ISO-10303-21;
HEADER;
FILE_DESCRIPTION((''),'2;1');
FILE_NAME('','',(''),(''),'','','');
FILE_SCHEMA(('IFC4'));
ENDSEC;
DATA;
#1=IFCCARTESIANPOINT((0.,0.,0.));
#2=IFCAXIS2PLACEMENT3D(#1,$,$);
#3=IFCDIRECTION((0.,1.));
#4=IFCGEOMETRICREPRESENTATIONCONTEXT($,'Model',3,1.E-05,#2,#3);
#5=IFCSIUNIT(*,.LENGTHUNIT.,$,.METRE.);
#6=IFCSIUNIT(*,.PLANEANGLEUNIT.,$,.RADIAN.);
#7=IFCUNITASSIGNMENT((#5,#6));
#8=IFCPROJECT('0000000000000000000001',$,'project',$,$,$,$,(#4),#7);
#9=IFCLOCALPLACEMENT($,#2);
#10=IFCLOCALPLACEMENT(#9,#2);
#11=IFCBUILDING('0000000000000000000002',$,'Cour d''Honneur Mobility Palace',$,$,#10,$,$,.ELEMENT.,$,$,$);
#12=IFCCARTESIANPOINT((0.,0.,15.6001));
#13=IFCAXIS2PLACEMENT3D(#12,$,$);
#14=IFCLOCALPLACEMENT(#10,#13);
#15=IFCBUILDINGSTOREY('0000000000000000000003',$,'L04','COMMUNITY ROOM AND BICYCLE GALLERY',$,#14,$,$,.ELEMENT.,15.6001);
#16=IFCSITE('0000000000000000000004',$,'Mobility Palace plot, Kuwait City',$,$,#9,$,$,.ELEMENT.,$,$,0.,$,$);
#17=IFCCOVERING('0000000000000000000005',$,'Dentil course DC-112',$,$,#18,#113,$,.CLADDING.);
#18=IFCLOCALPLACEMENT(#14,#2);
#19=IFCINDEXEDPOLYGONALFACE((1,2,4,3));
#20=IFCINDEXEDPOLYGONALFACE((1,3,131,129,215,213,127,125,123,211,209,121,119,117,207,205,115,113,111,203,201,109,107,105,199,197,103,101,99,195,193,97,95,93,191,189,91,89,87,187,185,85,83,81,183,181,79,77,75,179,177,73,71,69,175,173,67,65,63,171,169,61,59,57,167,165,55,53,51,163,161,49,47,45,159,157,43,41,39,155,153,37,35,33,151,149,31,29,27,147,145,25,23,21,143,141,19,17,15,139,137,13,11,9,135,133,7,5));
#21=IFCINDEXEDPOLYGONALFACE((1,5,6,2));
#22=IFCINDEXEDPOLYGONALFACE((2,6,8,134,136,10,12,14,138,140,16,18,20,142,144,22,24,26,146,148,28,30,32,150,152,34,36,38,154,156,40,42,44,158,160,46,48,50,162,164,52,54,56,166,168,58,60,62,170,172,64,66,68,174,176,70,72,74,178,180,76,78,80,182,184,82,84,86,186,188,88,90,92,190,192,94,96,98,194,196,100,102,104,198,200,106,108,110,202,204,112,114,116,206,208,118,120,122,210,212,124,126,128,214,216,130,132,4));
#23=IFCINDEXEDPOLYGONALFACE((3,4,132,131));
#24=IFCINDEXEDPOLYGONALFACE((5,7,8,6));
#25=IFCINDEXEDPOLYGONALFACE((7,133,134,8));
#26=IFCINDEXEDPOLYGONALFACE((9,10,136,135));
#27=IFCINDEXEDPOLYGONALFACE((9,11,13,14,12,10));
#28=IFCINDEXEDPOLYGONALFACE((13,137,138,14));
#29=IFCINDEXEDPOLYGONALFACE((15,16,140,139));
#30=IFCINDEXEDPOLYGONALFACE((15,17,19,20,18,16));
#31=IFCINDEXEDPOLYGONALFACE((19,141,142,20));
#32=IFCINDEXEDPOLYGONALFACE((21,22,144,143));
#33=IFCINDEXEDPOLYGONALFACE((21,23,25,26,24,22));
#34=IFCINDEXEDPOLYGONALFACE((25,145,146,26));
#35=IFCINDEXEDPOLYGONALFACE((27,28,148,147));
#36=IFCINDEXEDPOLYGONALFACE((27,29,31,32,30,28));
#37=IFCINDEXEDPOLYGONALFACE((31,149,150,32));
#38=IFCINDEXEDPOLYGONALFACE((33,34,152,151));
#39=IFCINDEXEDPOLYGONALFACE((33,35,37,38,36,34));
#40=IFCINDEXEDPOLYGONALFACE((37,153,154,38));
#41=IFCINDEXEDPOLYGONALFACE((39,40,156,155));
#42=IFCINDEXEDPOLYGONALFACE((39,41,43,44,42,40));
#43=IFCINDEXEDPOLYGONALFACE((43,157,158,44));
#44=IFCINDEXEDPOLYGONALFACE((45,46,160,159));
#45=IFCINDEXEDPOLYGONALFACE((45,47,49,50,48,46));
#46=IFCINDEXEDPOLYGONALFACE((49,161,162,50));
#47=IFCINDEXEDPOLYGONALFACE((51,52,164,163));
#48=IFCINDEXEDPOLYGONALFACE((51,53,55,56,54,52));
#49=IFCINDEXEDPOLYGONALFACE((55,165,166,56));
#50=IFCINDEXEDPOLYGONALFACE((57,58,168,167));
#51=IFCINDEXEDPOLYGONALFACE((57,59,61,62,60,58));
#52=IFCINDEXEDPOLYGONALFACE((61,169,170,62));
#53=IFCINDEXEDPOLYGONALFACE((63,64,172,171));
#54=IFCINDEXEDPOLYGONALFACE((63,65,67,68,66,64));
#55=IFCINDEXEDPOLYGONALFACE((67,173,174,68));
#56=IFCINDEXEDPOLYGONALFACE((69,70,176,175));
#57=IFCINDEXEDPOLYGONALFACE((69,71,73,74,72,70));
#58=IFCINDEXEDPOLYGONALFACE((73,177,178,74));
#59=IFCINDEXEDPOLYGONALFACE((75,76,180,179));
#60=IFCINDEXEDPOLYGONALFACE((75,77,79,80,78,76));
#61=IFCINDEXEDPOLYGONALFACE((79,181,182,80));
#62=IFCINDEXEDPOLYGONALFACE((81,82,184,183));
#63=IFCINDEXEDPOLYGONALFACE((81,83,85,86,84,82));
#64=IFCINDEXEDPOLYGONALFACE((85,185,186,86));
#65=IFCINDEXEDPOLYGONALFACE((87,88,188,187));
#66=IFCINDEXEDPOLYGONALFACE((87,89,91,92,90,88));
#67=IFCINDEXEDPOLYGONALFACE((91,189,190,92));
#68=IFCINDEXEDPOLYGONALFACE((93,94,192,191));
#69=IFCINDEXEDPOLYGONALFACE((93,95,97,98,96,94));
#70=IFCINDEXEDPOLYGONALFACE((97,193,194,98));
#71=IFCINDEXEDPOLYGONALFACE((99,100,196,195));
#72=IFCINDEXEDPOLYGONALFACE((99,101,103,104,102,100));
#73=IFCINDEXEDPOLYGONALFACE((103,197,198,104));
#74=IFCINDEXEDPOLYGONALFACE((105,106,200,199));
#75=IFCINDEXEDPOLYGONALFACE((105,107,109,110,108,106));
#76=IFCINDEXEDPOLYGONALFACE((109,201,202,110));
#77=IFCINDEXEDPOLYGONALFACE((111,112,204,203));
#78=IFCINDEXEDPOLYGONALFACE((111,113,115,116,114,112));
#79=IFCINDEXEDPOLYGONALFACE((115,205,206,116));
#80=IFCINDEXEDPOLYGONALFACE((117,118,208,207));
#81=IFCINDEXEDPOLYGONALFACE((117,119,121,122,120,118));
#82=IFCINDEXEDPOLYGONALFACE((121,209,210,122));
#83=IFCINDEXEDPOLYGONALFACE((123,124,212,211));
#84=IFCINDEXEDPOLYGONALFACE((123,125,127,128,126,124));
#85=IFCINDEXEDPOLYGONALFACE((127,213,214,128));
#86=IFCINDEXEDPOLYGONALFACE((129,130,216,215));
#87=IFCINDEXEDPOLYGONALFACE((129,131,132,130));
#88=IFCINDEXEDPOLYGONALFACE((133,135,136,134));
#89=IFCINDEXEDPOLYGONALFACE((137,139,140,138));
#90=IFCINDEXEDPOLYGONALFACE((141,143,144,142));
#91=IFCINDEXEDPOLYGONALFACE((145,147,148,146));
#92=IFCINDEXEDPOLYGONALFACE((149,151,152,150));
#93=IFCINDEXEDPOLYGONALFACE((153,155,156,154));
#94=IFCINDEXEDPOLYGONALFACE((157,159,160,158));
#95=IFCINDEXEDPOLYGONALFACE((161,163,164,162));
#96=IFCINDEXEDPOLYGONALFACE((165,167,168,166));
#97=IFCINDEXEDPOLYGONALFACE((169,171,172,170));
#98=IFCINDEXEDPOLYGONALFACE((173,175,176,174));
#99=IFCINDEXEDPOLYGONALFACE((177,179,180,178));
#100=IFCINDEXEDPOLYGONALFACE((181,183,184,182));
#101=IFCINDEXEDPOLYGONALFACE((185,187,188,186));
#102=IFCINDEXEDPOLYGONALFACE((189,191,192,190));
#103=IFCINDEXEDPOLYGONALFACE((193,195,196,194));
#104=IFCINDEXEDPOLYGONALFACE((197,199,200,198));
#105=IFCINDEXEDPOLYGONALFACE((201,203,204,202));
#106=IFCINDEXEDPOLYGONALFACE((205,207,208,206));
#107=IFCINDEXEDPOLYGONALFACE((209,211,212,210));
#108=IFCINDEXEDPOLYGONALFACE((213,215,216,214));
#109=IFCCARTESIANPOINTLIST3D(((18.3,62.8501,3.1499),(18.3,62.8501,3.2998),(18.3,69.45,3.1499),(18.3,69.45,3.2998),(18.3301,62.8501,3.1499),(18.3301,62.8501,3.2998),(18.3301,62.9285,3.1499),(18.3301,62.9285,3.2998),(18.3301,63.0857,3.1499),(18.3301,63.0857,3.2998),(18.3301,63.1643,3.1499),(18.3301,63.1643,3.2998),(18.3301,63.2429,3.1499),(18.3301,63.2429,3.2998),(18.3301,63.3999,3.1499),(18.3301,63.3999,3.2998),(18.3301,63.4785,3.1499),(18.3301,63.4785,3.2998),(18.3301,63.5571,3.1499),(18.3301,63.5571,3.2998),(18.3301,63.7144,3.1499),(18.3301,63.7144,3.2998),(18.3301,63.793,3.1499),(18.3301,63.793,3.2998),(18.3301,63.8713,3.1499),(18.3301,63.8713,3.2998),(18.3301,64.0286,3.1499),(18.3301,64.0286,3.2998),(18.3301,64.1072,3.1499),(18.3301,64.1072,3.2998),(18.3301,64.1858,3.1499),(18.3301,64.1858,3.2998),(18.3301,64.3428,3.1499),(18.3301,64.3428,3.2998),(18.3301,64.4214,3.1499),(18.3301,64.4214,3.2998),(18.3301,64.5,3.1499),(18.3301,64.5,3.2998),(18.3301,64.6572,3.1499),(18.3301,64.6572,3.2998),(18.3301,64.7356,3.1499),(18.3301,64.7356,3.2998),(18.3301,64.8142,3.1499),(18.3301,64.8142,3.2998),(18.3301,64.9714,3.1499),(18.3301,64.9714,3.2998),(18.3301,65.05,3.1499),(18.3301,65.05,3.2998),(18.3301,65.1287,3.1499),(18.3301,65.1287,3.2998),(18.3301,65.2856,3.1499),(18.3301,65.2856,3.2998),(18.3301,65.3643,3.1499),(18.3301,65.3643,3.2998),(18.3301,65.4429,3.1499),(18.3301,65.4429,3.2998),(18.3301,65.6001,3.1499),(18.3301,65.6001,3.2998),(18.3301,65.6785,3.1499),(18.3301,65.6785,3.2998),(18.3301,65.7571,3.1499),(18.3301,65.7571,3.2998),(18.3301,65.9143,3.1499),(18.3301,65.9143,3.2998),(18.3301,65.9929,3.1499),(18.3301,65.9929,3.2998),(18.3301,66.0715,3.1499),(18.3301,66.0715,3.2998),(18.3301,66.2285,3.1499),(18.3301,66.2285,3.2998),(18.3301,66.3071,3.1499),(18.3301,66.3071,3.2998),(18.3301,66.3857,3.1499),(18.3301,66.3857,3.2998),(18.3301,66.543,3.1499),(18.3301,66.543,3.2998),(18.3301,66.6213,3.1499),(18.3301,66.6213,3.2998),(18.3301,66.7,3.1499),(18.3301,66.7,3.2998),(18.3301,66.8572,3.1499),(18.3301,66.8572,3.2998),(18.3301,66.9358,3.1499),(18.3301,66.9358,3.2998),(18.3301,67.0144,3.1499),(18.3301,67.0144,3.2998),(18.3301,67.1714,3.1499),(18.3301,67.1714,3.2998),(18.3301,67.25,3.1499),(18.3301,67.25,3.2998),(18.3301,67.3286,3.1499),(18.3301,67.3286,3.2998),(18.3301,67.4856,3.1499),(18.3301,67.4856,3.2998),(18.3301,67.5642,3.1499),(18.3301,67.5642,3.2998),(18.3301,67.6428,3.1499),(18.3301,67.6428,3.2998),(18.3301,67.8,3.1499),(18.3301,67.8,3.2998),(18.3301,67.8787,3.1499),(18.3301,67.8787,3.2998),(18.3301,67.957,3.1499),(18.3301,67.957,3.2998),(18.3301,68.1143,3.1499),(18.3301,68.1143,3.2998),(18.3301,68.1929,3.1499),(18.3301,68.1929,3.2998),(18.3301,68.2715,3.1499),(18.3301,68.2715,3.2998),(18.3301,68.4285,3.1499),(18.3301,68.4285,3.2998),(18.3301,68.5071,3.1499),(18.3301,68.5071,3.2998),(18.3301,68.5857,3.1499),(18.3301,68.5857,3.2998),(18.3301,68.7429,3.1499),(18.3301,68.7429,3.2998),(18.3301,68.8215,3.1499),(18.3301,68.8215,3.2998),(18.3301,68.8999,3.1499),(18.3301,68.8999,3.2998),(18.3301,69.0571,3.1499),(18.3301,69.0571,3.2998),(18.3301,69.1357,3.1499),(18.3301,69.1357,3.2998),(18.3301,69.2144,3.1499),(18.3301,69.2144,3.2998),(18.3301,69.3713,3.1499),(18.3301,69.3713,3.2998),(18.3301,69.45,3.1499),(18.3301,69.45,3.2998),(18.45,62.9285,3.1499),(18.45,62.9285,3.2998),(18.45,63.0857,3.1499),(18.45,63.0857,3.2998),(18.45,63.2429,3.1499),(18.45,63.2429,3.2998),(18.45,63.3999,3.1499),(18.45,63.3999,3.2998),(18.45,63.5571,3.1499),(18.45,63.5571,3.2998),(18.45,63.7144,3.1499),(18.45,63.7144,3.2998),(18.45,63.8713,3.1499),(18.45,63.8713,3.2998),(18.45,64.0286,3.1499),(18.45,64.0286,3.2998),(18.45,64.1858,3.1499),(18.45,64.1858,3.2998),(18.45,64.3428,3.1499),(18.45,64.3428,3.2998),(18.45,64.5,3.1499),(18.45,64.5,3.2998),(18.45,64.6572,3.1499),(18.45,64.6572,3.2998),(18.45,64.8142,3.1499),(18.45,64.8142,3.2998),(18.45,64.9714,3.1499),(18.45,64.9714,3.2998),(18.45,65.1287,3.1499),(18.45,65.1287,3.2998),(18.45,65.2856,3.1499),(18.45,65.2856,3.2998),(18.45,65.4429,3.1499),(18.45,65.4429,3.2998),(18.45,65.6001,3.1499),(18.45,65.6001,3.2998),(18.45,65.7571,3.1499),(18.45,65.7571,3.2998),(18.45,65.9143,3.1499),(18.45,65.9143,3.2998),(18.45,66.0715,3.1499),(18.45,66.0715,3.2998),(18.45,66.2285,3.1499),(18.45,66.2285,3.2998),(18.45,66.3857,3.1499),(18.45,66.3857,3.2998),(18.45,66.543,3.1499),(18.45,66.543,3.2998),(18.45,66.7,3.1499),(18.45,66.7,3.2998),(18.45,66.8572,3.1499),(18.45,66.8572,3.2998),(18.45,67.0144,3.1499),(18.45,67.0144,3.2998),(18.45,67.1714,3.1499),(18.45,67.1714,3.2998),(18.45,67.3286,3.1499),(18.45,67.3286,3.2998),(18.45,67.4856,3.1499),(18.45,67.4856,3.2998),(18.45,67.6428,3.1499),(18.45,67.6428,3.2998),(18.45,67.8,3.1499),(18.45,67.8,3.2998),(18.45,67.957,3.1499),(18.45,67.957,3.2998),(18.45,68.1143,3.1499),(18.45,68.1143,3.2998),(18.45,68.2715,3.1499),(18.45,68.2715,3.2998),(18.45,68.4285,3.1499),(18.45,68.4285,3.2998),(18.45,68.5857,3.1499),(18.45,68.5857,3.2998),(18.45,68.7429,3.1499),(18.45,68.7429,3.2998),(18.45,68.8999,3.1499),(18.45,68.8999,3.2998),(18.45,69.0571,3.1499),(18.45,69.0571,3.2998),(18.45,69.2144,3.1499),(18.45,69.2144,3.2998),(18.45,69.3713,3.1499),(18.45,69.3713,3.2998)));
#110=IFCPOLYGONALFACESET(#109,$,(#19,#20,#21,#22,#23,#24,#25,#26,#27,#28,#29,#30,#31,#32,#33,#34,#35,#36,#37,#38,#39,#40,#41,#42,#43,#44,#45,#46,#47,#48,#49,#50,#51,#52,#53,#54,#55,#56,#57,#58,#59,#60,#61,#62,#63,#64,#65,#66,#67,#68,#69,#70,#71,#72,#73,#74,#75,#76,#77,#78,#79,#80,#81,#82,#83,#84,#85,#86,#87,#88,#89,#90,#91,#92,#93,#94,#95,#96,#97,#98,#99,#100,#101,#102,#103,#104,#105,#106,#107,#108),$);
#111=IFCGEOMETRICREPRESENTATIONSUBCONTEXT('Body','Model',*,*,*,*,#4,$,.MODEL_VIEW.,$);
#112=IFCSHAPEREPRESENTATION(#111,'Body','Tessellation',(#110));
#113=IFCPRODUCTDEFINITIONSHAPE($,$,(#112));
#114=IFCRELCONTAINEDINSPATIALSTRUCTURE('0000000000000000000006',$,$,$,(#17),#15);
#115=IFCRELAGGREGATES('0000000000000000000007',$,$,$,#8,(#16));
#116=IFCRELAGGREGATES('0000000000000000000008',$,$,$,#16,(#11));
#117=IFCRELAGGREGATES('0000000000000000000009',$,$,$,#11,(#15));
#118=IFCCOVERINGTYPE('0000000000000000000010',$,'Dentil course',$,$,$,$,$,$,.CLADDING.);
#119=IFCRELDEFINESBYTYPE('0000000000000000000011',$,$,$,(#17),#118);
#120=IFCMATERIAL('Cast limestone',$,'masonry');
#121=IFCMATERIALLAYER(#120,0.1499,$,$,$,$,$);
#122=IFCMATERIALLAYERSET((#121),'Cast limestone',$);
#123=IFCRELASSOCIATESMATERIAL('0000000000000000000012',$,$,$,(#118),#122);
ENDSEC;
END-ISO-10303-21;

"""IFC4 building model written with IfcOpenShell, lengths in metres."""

from ifc_helpers import new_model, si_unit, direction, frame, origin, place, context, subcontext, project, spatial, polyline, outline, extrude, material, layer, layer_set, type_object, element, save


model = new_model("IFC4")

# Units and contexts
model_context = context("Model", 3, precision=1e-05, world=origin(), true_north=direction((0.0, 1.0)))
body_context = subcontext(model_context, "Body", "Model", "MODEL_VIEW")
ifc_project = project(units=[si_unit("LENGTHUNIT", "METRE"), si_unit("PLANEANGLEUNIT", "RADIAN")], contexts=[model_context])

# Site, building, storey
site_placement = place(None, origin())
site = spatial("IfcSite", under=ifc_project, at=site_placement, Name="Mobility Palace plot, Kuwait City", CompositionType="ELEMENT", RefElevation=0.0)
building_placement = place(site_placement, origin())
building = spatial("IfcBuilding", under=site, at=building_placement, Name="Cour d'Honneur Mobility Palace", CompositionType="ELEMENT")
storey_placement = place(building_placement, frame((0.0, 0.0, 15.6001)))
storey = spatial("IfcBuildingStorey", under=building, at=storey_placement, Name="L04", Description="COMMUNITY ROOM AND BICYCLE GALLERY", CompositionType="ELEMENT", Elevation=15.6001)

# Covering
ifc_material = material(Name="Cast limestone", Category="masonry")
ifc_layer = layer(ifc_material, 0.1499)
ifc_layer_set = layer_set([ifc_layer], Name="Cast limestone")
covering_type = type_object("IfcCoveringType", Name="Dentil course", PredefinedType="CLADDING", material=ifc_layer_set)
covering_1_placement = place(storey_placement, frame((0.0, 0.0, 3.1499)))
element("IfcCovering", 1, at=covering_1_placement, inside=storey, type_object=covering_type, Name="Dentil course DC-112", PredefinedType="CLADDING", context=body_context, shape_type="SweptSolid", body=[
    extrude(outline(polyline([(18.3, 62.8501), (18.3, 69.45), (18.3301, 69.45), (18.3301, 69.45), (18.3301, 69.3713), (18.45, 69.3713), (18.45, 69.2144), (18.3301, 69.2144), (18.3301, 69.1357), (18.3301, 69.1357), (18.3301, 69.0571), (18.45, 69.0571), (18.45, 68.8999), (18.3301, 68.8999), (18.3301, 68.8215), (18.3301, 68.8215), (18.3301, 68.7429), (18.45, 68.7429), (18.45, 68.5857), (18.3301, 68.5857), (18.3301, 68.5071), (18.3301, 68.5071), (18.3301, 68.4285), (18.45, 68.4285), (18.45, 68.2715), (18.3301, 68.2715), (18.3301, 68.1929), (18.3301, 68.1929), (18.3301, 68.1143), (18.45, 68.1143), (18.45, 67.957), (18.3301, 67.957), (18.3301, 67.8787), (18.3301, 67.8787), (18.3301, 67.8), (18.45, 67.8), (18.45, 67.6428), (18.3301, 67.6428), (18.3301, 67.5642), (18.3301, 67.5642), (18.3301, 67.4856), (18.45, 67.4856), (18.45, 67.3286), (18.3301, 67.3286), (18.3301, 67.25), (18.3301, 67.25), (18.3301, 67.1714), (18.45, 67.1714), (18.45, 67.0144), (18.3301, 67.0144), (18.3301, 66.9358), (18.3301, 66.9358), (18.3301, 66.8572), (18.45, 66.8572), (18.45, 66.7), (18.3301, 66.7), (18.3301, 66.6213), (18.3301, 66.6213), (18.3301, 66.543), (18.45, 66.543), (18.45, 66.3857), (18.3301, 66.3857), (18.3301, 66.3071), (18.3301, 66.3071), (18.3301, 66.2285), (18.45, 66.2285), (18.45, 66.0715), (18.3301, 66.0715), (18.3301, 65.9929), (18.3301, 65.9929), (18.3301, 65.9143), (18.45, 65.9143), (18.45, 65.7571), (18.3301, 65.7571), (18.3301, 65.6785), (18.3301, 65.6785), (18.3301, 65.6001), (18.45, 65.6001), (18.45, 65.4429), (18.3301, 65.4429), (18.3301, 65.3643), (18.3301, 65.3643), (18.3301, 65.2856), (18.45, 65.2856), (18.45, 65.1287), (18.3301, 65.1287), (18.3301, 65.05), (18.3301, 65.05), (18.3301, 64.9714), (18.45, 64.9714), (18.45, 64.8142), (18.3301, 64.8142), (18.3301, 64.7356), (18.3301, 64.7356), (18.3301, 64.6572), (18.45, 64.6572), (18.45, 64.5), (18.3301, 64.5), (18.3301, 64.4214), (18.3301, 64.4214), (18.3301, 64.3428), (18.45, 64.3428), (18.45, 64.1858), (18.3301, 64.1858), (18.3301, 64.1072), (18.3301, 64.1072), (18.3301, 64.0286), (18.45, 64.0286), (18.45, 63.8713), (18.3301, 63.8713), (18.3301, 63.793), (18.3301, 63.793), (18.3301, 63.7144), (18.45, 63.7144), (18.45, 63.5571), (18.3301, 63.5571), (18.3301, 63.4785), (18.3301, 63.4785), (18.3301, 63.3999), (18.45, 63.3999), (18.45, 63.2429), (18.3301, 63.2429), (18.3301, 63.1643), (18.3301, 63.1643), (18.3301, 63.0857), (18.45, 63.0857), (18.45, 62.9285), (18.3301, 62.9285), (18.3301, 62.8501), (18.3, 62.8501)])), origin(), (0.0, 0.0, 1.0), 0.1499),
])

save(model, "model.ifc")
